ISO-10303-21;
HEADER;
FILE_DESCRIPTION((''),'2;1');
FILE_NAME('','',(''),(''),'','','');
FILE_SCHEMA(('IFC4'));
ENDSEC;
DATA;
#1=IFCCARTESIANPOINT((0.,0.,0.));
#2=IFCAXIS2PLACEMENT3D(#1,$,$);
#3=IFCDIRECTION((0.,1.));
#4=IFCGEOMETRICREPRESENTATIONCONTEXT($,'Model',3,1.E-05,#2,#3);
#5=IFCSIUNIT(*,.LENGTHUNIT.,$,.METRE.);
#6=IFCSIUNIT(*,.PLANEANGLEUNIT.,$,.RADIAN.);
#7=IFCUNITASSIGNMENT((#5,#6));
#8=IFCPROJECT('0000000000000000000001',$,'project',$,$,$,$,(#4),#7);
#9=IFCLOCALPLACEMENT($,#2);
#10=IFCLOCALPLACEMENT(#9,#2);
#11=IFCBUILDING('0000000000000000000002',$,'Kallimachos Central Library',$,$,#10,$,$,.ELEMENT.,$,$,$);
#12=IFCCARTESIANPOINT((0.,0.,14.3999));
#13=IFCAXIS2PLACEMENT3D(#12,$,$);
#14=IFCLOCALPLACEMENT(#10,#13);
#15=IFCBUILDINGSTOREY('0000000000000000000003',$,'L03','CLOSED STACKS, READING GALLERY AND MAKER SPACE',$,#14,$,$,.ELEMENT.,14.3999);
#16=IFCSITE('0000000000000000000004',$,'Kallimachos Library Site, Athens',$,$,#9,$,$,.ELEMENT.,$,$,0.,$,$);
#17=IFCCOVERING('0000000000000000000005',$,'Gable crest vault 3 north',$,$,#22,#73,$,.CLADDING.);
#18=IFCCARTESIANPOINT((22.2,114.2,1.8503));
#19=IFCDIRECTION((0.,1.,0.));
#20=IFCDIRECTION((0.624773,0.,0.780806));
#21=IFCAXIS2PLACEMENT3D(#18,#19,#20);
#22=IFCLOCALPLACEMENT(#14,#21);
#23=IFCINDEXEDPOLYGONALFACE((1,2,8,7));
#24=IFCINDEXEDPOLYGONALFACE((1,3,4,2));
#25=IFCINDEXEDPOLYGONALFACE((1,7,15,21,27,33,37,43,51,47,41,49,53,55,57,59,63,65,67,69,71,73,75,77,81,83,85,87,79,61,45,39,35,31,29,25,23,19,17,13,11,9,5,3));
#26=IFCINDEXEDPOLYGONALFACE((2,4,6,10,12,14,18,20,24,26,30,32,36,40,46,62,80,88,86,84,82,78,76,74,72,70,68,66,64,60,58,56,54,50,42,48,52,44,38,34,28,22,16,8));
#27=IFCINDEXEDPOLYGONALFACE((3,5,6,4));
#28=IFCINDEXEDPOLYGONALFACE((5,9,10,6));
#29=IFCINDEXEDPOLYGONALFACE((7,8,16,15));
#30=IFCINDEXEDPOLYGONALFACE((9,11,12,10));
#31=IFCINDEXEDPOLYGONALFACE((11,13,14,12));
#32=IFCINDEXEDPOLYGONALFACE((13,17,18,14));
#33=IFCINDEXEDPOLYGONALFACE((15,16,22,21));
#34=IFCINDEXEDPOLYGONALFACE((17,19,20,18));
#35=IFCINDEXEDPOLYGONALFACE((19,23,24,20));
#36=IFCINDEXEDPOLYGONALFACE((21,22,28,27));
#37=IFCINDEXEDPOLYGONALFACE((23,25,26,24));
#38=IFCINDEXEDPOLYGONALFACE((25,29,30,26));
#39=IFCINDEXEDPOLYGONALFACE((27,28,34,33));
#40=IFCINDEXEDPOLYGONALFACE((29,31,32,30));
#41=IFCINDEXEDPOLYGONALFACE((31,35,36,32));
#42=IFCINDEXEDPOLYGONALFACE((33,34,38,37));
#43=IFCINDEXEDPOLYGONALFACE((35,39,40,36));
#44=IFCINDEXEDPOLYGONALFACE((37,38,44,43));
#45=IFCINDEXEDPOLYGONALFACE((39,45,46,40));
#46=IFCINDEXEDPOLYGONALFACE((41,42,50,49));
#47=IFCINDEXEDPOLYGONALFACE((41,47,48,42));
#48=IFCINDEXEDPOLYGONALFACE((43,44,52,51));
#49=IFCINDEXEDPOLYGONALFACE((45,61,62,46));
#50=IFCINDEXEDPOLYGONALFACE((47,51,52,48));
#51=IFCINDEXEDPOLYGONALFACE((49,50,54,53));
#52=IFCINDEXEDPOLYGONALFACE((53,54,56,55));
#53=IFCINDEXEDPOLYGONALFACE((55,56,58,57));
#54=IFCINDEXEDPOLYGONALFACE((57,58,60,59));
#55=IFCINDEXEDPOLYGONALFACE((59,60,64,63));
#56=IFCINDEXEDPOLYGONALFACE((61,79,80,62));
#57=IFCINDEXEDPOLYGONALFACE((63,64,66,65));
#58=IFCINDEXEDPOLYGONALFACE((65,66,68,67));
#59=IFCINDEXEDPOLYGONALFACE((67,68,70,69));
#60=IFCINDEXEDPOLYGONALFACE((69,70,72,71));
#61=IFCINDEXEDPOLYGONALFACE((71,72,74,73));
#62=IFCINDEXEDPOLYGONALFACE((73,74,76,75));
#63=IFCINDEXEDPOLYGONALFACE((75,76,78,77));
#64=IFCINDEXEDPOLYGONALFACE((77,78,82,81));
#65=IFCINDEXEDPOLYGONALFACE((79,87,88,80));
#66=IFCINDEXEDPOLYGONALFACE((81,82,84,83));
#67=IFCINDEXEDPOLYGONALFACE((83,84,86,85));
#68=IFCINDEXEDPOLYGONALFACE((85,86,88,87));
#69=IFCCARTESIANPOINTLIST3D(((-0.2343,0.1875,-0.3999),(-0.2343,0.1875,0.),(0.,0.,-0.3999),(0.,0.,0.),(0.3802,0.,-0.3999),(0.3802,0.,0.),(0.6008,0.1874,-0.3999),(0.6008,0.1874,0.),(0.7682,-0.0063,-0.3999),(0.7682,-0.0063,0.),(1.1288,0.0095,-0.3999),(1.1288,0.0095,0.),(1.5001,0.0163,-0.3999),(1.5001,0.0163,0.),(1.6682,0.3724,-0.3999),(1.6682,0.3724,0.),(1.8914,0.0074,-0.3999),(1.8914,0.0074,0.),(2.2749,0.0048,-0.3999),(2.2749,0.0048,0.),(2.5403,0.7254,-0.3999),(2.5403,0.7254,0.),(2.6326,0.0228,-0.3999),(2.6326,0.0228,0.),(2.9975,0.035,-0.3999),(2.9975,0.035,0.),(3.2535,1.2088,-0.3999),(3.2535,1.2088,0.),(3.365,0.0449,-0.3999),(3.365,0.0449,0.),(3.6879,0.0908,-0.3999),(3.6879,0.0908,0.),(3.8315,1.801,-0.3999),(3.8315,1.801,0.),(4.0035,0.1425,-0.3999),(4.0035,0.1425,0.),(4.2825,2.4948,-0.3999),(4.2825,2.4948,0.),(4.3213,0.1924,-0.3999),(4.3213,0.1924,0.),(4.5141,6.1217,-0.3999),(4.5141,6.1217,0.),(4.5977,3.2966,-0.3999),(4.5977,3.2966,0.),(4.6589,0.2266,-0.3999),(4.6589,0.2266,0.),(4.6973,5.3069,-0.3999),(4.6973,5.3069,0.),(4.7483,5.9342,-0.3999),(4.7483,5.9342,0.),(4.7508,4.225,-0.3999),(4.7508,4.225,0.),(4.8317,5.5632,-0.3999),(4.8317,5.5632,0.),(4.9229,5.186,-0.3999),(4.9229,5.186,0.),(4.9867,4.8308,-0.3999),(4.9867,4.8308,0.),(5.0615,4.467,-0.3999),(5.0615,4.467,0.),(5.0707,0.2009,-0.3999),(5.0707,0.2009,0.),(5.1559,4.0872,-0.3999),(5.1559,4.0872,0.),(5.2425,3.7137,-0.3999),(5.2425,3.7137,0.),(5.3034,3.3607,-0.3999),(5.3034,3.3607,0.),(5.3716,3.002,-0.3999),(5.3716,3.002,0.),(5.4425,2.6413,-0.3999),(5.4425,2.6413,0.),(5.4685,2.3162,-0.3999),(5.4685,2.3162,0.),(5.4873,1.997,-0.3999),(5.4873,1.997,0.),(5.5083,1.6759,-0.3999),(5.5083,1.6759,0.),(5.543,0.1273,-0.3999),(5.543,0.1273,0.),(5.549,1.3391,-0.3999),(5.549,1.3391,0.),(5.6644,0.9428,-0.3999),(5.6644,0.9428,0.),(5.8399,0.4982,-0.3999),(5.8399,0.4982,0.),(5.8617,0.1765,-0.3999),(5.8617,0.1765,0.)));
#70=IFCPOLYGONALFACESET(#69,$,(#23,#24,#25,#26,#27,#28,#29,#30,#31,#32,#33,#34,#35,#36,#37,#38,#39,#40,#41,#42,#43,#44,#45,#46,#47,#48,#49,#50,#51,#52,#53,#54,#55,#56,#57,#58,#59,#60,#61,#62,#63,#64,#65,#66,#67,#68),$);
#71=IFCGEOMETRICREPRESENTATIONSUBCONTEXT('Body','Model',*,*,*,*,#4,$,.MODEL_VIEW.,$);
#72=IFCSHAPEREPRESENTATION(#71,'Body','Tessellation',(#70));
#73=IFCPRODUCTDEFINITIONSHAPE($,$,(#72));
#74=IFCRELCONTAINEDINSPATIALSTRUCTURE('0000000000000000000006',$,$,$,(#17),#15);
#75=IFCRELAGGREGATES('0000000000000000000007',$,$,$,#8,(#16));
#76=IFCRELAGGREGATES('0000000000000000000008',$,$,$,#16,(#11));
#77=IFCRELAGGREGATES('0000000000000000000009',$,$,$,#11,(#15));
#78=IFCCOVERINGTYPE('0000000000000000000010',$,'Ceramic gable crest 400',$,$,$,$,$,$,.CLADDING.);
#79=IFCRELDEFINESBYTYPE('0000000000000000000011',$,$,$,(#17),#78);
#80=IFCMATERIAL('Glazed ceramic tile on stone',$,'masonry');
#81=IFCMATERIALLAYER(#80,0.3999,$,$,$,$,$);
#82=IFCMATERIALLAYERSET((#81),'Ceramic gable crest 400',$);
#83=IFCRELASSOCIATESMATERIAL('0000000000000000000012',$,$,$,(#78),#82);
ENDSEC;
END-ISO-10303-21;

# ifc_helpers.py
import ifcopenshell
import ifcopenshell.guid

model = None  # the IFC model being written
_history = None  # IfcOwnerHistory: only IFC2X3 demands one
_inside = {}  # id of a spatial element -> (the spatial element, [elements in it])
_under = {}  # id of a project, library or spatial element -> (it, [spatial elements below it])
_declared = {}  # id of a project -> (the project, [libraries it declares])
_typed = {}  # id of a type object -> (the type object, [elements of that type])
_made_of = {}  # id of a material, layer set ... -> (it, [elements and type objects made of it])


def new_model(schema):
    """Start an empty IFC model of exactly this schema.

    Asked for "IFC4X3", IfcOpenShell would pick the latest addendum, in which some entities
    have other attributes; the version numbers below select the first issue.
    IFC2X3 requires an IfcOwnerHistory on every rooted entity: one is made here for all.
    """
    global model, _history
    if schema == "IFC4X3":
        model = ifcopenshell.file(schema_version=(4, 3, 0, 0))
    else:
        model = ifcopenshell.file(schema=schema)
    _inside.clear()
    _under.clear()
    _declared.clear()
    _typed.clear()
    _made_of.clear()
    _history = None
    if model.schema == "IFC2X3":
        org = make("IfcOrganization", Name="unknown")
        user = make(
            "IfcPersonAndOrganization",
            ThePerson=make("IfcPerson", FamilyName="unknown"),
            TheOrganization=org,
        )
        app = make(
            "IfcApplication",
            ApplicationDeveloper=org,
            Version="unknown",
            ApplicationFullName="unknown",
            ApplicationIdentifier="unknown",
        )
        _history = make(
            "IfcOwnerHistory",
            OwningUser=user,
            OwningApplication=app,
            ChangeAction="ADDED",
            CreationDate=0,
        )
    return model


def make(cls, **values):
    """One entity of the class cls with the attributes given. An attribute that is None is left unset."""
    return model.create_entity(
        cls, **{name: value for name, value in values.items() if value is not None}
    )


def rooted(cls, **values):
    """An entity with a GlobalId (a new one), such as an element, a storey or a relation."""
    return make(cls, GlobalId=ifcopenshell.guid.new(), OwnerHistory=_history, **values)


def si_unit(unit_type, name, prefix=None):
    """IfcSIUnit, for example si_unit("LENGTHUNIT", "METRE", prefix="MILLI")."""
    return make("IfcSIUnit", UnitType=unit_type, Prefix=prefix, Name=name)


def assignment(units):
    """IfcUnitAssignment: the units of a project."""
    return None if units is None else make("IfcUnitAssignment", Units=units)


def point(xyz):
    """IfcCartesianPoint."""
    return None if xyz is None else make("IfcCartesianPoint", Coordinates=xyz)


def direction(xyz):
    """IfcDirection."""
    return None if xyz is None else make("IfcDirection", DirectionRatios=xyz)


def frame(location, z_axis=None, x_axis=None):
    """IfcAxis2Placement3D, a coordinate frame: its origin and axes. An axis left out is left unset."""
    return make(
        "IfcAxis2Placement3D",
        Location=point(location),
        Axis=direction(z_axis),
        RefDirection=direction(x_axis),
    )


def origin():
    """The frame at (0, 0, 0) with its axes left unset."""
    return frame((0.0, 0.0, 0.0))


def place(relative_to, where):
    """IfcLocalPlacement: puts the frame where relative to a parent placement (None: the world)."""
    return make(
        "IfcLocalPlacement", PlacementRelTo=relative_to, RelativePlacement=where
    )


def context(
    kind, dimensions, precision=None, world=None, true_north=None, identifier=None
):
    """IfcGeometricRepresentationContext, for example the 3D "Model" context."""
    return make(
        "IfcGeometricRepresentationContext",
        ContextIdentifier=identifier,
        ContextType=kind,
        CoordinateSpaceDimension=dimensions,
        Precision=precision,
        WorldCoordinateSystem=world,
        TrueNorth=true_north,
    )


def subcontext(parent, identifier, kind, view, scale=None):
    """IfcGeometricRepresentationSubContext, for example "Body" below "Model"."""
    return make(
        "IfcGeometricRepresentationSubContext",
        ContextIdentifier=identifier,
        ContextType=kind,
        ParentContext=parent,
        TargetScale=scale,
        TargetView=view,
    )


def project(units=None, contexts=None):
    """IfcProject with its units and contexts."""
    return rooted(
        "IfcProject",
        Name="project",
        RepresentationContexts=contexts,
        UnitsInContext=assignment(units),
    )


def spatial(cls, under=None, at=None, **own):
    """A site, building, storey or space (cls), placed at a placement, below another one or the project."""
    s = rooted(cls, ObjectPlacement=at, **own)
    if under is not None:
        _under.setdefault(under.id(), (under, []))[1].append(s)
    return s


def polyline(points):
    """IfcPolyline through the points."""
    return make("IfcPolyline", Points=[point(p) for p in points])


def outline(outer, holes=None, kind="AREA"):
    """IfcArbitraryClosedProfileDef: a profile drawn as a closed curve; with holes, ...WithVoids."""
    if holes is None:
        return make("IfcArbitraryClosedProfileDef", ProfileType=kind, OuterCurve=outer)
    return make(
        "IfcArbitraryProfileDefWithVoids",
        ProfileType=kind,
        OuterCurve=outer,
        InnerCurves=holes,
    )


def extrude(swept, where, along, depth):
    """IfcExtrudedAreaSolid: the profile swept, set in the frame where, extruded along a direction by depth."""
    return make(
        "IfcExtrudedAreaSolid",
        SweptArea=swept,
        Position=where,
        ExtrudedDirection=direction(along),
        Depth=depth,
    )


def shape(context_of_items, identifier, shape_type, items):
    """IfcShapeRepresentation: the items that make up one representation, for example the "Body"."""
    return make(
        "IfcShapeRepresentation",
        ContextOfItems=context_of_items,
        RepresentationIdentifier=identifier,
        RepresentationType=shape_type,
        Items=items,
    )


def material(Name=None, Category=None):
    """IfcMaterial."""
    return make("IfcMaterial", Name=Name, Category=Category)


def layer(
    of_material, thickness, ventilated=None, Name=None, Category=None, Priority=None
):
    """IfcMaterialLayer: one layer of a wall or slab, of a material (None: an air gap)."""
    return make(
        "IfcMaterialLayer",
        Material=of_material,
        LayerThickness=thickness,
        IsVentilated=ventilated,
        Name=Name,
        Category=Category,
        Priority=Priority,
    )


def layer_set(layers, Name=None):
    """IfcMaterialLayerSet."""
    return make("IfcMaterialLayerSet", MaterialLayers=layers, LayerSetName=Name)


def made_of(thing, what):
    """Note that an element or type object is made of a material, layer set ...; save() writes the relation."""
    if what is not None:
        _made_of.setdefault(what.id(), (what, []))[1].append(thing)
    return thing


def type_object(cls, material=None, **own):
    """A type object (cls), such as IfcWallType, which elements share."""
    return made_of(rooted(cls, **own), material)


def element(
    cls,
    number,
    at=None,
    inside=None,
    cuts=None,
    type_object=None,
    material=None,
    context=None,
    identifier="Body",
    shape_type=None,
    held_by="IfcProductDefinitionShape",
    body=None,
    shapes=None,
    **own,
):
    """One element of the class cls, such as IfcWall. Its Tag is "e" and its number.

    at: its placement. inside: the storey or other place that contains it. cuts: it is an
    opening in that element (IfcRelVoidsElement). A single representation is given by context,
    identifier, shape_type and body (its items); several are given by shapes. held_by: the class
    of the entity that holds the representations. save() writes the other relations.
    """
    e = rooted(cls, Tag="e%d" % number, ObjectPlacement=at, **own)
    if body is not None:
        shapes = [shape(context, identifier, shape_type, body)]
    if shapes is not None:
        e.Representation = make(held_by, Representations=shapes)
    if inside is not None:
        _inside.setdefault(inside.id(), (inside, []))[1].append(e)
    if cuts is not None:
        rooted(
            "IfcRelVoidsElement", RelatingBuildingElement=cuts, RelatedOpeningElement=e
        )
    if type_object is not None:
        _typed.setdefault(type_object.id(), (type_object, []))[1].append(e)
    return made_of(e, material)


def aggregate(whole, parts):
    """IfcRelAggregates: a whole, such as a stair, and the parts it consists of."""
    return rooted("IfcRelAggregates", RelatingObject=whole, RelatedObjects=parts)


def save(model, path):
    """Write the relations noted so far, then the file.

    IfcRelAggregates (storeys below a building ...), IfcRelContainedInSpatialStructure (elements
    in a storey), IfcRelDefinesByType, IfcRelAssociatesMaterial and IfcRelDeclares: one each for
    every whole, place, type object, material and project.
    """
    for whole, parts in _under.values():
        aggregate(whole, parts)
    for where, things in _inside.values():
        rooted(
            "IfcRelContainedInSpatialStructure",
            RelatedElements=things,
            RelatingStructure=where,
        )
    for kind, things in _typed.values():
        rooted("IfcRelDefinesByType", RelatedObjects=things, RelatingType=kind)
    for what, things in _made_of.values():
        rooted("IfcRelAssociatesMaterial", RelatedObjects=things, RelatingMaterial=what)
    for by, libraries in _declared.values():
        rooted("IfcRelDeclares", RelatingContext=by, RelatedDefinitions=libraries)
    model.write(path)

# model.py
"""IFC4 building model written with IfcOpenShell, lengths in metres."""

from ifc_helpers import new_model, si_unit, direction, frame, origin, place, context, subcontext, project, spatial, polyline, outline, extrude, material, layer, layer_set, type_object, element, save


model = new_model("IFC4")

# Units and contexts
model_context = context("Model", 3, precision=1e-05, world=origin(), true_north=direction((0.0, 1.0)))
body_context = subcontext(model_context, "Body", "Model", "MODEL_VIEW")
ifc_project = project(units=[si_unit("LENGTHUNIT", "METRE"), si_unit("PLANEANGLEUNIT", "RADIAN")], contexts=[model_context])

# Site, building, storey
site_placement = place(None, origin())
site = spatial("IfcSite", under=ifc_project, at=site_placement, Name="Kallimachos Library Site, Athens", CompositionType="ELEMENT", RefElevation=0.0)
building_placement = place(site_placement, origin())
building = spatial("IfcBuilding", under=site, at=building_placement, Name="Kallimachos Central Library", CompositionType="ELEMENT")
storey_placement = place(building_placement, frame((0.0, 0.0, 14.3999)))
storey = spatial("IfcBuildingStorey", under=building, at=storey_placement, Name="L03", Description="CLOSED STACKS, READING GALLERY AND MAKER SPACE", CompositionType="ELEMENT", Elevation=14.3999)

# Covering
ifc_material_1 = material(Name="Glazed ceramic tile on stone", Category="masonry")
ifc_layer_1 = layer(ifc_material_1, 0.3999)
ifc_layer_set_1 = layer_set([ifc_layer_1], Name="Ceramic gable crest 400")
covering_type_1 = type_object("IfcCoveringType", Name="Ceramic gable crest 400", PredefinedType="CLADDING", material=ifc_layer_set_1)
covering_1_placement = place(storey_placement, frame((22.2, 114.2, 1.8503), z_axis=(0.0, 1.0, 0.0), x_axis=(0.624773, 0.0, 0.780806)))
element("IfcCovering", 1, at=covering_1_placement, inside=storey, type_object=covering_type_1, Name="Gable crest vault 3 north", PredefinedType="CLADDING", context=body_context, shape_type="SweptSolid", body=[
    extrude(outline(polyline([(0.0, 0.0), (0.3802, 0.0), (0.7682, -0.0063), (1.1288, 0.0095), (1.5001, 0.0163), (1.8914, 0.0074), (2.2749, 0.0048), (2.6326, 0.0228), (2.9975, 0.035), (3.365, 0.0449), (3.6879, 0.0908), (4.0035, 0.1425), (4.3213, 0.1924), (4.6589, 0.2266), (5.0707, 0.2009), (5.543, 0.1273), (5.8617, 0.1765), (5.8399, 0.4982), (5.6644, 0.9428), (5.549, 1.3391), (5.5083, 1.6759), (5.4873, 1.997), (5.4685, 2.3162), (5.4425, 2.6413), (5.3716, 3.002), (5.3034, 3.3607), (5.2425, 3.7137), (5.1559, 4.0872), (5.0615, 4.467), (4.9867, 4.8308), (4.9229, 5.186), (4.8317, 5.5632), (4.7483, 5.9342), (4.5141, 6.1217), (4.6973, 5.3069), (4.7508, 4.225), (4.5977, 3.2966), (4.2825, 2.4948), (3.8315, 1.801), (3.2535, 1.2088), (2.5403, 0.7254), (1.6682, 0.3724), (0.6008, 0.1874), (-0.2343, 0.1875), (0.0, 0.0)])), origin(), (0.0, 0.0, -1.0), 0.3999),
])

save(model, "model.ifc")
